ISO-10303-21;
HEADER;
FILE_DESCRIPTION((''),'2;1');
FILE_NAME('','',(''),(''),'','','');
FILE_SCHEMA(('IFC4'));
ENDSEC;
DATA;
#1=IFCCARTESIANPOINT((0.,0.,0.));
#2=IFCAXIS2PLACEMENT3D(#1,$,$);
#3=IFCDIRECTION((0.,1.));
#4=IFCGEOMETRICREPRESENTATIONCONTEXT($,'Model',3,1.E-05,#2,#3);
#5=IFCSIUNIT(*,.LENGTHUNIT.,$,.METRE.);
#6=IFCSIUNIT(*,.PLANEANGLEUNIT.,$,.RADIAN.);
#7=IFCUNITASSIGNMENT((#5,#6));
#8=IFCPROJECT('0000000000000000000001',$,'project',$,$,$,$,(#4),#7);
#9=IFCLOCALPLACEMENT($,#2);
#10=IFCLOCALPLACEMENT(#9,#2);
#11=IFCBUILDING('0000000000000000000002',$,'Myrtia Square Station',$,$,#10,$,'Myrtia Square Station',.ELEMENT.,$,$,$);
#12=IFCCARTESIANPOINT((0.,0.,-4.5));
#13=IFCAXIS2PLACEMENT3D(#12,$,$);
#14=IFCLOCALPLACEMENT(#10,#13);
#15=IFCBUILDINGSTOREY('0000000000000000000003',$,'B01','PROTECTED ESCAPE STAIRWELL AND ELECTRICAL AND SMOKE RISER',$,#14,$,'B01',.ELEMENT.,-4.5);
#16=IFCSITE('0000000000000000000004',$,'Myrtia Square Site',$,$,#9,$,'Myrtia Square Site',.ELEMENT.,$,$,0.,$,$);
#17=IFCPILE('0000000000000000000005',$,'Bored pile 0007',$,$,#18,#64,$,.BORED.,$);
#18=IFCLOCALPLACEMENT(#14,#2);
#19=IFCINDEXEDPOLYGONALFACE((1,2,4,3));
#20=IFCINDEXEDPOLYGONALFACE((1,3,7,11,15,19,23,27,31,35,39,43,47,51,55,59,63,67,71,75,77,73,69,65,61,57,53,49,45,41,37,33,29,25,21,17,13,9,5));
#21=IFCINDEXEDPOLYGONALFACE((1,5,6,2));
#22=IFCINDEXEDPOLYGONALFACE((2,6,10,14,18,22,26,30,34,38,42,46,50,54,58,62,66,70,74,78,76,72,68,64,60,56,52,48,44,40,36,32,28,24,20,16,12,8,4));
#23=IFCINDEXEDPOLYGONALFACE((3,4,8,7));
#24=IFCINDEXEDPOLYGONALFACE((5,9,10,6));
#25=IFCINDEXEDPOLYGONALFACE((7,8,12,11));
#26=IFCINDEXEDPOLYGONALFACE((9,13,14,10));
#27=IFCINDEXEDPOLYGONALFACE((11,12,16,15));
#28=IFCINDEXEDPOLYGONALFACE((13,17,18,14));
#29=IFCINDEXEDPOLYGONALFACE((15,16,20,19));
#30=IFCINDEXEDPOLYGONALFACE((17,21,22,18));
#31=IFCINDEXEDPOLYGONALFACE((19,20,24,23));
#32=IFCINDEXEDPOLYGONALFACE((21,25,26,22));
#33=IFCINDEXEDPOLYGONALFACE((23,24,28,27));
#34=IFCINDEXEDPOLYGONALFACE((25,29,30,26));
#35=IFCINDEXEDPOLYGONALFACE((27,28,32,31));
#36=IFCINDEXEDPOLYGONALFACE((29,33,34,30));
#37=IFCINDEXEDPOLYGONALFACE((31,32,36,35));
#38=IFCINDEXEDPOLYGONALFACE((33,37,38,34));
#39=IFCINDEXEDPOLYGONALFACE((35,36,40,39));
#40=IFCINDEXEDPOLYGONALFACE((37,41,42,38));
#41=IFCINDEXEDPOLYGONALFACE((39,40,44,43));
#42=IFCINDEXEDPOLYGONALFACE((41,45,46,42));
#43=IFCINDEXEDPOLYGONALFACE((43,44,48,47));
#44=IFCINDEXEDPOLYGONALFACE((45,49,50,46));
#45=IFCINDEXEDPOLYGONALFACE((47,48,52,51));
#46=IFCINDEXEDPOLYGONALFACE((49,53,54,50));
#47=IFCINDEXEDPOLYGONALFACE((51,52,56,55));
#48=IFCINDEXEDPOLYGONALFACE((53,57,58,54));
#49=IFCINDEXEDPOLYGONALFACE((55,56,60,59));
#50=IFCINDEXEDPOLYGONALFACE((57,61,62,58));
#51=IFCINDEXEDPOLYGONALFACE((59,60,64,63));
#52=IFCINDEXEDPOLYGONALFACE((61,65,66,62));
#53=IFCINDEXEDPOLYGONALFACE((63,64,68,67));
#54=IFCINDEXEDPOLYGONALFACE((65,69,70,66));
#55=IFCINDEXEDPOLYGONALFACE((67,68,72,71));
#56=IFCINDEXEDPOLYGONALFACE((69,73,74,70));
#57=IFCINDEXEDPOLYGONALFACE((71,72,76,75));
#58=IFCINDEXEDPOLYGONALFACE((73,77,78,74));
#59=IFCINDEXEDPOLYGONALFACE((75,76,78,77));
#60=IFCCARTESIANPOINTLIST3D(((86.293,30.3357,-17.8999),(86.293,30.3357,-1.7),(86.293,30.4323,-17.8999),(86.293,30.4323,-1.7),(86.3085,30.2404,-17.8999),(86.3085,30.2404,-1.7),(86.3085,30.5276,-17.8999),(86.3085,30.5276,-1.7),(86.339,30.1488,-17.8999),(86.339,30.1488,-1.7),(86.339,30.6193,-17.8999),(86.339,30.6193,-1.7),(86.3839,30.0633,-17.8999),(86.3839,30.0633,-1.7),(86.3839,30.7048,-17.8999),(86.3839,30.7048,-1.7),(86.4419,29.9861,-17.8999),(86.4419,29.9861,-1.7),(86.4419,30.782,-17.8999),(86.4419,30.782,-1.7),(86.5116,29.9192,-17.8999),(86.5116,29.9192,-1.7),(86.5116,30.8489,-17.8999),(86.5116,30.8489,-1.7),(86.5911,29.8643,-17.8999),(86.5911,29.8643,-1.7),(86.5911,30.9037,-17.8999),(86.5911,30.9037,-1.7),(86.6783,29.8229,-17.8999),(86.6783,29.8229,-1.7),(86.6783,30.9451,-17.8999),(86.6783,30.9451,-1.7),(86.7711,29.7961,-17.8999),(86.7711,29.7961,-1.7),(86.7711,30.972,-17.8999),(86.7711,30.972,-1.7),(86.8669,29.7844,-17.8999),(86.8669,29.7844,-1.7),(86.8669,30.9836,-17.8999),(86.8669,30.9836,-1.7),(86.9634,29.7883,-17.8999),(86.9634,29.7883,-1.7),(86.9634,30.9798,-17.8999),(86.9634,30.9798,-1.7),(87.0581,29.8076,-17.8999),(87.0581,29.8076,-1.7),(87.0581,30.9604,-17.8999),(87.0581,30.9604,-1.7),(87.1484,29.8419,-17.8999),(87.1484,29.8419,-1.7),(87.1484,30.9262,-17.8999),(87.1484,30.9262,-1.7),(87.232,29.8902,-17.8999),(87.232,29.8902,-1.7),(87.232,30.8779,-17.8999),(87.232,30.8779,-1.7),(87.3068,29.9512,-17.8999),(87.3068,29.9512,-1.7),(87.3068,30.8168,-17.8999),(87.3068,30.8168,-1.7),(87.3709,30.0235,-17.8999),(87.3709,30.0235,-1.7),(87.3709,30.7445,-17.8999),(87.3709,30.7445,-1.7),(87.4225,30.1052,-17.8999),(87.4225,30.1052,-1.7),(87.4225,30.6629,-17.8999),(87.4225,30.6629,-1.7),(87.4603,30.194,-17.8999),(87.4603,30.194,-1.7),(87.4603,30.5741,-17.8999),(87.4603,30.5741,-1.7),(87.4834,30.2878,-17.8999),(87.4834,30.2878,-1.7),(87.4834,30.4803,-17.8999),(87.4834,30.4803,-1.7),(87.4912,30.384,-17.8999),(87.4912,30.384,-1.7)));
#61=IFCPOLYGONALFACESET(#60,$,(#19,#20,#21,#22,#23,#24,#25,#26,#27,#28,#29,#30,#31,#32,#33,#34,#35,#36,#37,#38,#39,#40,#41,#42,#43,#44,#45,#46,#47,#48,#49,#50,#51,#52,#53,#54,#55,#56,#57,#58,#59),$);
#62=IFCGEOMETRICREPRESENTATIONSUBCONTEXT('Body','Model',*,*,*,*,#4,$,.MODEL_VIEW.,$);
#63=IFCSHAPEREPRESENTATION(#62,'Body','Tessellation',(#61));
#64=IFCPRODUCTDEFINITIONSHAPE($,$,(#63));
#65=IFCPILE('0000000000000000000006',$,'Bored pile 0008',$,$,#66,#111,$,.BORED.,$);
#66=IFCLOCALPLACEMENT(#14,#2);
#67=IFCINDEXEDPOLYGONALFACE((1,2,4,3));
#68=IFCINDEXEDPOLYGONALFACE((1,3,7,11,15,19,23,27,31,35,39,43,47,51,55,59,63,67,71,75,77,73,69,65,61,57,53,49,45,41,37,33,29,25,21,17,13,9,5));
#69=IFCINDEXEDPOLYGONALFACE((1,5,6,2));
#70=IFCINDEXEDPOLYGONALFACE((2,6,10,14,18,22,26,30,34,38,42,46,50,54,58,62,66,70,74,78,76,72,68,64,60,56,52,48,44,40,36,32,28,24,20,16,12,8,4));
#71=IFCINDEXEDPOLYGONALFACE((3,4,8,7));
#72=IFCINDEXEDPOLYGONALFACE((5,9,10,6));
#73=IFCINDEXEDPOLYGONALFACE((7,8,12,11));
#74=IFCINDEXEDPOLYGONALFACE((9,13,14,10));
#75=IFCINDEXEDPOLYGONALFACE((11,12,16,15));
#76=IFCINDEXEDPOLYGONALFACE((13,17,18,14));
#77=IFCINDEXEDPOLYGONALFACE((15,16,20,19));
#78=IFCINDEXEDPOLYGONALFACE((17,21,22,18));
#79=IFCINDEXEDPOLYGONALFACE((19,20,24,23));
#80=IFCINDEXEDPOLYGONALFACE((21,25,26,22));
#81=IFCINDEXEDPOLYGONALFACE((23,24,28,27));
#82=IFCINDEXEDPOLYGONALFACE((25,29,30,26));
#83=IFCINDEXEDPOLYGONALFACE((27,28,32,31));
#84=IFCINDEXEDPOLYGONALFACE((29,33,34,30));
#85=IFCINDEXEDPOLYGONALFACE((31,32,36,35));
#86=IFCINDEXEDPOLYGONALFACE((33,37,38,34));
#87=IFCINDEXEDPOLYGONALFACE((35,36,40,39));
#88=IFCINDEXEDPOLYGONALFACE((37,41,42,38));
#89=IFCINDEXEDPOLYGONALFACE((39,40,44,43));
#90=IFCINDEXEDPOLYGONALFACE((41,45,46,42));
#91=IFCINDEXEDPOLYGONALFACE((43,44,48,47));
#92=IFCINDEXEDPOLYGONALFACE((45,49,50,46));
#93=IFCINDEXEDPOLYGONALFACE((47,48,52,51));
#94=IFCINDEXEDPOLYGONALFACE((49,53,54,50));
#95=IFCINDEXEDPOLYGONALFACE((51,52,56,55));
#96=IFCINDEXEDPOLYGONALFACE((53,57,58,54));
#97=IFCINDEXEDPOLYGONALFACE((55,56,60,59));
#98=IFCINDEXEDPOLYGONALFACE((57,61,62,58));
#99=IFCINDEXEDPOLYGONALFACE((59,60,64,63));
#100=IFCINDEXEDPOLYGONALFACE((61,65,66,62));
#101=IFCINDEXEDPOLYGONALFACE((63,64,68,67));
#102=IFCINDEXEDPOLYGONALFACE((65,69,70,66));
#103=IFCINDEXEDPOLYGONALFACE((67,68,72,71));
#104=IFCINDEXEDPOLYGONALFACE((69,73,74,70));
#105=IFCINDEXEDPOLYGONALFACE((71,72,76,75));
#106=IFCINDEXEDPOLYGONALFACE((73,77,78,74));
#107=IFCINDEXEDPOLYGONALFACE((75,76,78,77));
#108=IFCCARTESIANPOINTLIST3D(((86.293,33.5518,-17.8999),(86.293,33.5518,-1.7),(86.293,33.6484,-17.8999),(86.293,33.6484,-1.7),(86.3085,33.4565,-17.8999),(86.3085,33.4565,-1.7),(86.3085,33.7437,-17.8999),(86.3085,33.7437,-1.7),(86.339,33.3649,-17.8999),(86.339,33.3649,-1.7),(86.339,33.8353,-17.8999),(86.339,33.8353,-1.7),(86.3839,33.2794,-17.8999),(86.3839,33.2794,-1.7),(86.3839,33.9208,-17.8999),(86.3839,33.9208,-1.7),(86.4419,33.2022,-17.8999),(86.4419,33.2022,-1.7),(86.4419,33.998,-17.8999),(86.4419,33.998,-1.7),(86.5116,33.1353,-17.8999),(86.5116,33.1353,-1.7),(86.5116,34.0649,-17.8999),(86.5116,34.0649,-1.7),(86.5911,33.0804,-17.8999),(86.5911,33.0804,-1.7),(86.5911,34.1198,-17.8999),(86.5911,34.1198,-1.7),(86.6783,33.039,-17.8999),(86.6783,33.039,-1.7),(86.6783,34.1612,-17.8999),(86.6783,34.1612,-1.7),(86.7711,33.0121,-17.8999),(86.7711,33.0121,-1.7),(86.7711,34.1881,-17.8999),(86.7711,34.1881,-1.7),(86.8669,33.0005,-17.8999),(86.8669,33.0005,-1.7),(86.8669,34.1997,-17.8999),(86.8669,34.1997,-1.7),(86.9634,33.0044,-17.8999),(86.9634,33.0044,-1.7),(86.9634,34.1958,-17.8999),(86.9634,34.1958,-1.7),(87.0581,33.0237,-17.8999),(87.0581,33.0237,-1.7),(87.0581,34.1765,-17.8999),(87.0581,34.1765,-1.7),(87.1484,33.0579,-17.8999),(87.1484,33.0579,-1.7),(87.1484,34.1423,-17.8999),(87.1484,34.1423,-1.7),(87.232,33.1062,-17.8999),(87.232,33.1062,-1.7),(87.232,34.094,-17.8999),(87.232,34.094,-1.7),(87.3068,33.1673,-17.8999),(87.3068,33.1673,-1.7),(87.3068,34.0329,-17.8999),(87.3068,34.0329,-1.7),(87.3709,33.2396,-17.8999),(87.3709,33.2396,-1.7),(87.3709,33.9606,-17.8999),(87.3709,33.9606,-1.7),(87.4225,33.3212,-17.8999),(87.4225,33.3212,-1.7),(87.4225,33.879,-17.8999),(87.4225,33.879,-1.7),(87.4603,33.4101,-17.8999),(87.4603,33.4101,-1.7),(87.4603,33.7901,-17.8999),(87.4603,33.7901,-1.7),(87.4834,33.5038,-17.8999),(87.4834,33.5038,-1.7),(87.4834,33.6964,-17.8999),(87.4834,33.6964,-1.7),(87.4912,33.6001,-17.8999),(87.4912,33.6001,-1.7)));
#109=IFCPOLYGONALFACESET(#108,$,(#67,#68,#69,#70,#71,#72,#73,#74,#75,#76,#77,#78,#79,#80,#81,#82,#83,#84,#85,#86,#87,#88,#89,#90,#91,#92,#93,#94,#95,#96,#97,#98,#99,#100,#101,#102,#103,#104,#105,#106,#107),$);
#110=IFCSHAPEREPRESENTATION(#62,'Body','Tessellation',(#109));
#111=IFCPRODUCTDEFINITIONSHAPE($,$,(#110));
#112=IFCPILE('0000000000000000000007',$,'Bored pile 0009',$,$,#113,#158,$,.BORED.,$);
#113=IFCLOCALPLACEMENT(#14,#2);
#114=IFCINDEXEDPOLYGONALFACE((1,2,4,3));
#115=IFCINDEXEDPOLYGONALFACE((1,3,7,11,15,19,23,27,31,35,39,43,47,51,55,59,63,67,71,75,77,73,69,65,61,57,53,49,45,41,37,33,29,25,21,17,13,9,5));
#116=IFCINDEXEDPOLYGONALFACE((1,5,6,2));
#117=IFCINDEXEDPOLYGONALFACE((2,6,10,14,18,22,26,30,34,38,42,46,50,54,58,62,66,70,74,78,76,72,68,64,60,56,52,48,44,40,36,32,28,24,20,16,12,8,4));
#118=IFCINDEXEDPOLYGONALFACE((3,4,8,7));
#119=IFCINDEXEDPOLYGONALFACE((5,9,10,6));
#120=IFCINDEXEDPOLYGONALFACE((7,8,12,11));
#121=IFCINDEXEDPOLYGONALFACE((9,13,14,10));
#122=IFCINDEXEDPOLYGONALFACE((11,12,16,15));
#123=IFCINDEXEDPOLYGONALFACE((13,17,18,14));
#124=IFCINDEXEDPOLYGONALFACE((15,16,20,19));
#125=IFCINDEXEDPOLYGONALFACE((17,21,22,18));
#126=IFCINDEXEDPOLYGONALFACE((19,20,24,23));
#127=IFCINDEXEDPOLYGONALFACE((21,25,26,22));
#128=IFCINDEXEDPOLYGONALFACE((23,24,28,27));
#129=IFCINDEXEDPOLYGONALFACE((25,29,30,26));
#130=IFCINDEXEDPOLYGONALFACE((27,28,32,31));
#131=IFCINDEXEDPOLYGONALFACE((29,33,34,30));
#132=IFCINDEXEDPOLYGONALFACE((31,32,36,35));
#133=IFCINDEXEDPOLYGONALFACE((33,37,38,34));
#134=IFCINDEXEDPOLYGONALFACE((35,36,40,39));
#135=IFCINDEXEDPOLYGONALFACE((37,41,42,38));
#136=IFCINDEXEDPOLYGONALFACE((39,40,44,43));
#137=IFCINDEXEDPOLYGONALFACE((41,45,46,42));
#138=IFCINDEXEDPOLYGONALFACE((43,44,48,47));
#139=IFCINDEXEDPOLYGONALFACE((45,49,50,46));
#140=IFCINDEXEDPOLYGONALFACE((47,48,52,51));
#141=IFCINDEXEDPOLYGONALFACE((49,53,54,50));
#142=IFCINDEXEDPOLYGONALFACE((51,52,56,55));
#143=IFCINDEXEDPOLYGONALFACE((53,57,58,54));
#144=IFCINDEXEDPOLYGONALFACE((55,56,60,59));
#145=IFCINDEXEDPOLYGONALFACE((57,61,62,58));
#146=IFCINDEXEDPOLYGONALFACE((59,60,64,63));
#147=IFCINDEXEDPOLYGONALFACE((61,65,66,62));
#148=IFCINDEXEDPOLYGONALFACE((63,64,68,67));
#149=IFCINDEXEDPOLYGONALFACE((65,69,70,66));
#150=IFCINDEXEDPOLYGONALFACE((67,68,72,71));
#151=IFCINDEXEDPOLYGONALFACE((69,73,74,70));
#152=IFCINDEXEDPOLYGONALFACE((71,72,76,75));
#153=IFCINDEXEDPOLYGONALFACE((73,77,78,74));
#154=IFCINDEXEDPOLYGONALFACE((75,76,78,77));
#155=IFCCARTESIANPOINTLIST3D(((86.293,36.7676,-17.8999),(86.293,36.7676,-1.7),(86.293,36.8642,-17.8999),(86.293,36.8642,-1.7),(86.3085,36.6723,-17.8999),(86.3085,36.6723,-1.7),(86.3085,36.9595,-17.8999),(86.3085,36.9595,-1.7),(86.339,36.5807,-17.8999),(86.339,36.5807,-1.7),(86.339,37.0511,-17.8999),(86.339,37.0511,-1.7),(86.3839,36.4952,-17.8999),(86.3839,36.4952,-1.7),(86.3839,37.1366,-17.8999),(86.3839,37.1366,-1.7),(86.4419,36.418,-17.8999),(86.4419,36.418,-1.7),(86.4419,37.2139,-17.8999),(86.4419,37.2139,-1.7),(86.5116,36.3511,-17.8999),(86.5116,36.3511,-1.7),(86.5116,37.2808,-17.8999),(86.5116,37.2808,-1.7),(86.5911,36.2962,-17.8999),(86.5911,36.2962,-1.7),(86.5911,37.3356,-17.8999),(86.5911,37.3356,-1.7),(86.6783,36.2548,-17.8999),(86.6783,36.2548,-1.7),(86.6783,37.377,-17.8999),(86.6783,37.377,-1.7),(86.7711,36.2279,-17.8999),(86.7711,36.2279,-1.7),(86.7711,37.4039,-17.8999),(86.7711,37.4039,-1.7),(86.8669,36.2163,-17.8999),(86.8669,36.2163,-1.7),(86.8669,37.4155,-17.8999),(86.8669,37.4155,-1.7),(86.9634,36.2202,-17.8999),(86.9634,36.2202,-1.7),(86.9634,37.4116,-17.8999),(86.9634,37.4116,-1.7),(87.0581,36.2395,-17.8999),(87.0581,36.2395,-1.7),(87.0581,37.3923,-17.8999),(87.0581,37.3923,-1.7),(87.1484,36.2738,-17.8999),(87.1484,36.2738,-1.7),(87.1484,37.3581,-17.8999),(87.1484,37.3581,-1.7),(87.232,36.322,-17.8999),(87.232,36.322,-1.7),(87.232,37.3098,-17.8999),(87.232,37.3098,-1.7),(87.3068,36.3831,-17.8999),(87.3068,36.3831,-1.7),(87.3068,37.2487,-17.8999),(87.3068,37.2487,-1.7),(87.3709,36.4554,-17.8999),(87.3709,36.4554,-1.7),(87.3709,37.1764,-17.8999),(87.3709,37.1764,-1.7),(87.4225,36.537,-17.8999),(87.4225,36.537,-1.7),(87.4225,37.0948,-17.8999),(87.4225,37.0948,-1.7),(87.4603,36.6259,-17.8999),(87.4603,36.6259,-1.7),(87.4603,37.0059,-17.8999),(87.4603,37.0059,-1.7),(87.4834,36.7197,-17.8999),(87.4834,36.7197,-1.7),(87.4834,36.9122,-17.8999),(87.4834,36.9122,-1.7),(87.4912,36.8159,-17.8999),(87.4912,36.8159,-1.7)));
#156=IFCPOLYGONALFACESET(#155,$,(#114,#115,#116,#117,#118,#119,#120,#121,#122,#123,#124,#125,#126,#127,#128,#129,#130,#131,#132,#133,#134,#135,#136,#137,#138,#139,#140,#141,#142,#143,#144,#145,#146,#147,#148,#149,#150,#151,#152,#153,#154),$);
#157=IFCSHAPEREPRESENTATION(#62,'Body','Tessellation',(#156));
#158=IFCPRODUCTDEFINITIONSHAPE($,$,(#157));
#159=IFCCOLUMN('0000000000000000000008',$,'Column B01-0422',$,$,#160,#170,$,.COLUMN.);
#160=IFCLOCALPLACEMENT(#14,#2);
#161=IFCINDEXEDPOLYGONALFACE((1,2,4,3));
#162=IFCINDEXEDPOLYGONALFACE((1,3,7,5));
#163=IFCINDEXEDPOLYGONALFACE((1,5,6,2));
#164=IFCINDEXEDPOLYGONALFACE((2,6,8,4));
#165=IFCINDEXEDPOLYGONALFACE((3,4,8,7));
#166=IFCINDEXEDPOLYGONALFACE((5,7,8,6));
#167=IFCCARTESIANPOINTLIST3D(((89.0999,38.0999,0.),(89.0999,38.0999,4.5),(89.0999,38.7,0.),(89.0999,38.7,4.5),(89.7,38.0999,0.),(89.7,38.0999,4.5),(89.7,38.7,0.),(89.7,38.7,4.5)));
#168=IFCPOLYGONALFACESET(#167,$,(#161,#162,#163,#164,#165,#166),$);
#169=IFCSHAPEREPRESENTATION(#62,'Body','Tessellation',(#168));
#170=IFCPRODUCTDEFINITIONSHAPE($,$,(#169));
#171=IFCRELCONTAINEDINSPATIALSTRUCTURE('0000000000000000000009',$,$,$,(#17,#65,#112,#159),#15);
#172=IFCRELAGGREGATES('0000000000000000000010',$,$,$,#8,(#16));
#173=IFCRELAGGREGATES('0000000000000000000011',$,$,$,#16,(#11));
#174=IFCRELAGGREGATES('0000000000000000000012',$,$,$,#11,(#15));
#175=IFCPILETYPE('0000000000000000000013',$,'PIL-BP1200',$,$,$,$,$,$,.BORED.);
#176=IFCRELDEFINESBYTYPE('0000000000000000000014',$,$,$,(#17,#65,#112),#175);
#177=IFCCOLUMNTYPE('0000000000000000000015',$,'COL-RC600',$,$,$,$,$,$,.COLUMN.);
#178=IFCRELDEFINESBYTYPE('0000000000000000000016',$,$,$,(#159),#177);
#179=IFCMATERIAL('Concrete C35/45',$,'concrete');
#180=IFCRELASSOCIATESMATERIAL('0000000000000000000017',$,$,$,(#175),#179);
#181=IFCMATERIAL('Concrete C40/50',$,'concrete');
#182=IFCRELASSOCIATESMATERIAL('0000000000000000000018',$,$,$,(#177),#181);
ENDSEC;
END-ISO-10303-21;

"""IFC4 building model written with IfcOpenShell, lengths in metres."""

from ifc_helpers import new_model, si_unit, direction, frame, origin, origin_2d, place, context, subcontext, project, spatial, rectangle, circle, extrude, material, material_profile, profile_set, type_object, element, save


model = new_model("IFC4")

# Units and contexts
model_context = context("Model", 3, precision=1e-05, world=origin(), true_north=direction((0.0, 1.0)))
body_context = subcontext(model_context, "Body", "Model", "MODEL_VIEW")
ifc_project = project(units=[si_unit("LENGTHUNIT", "METRE"), si_unit("PLANEANGLEUNIT", "RADIAN")], contexts=[model_context])

# Site, building, storey
site_placement = place(None, origin())
site = spatial("IfcSite", under=ifc_project, at=site_placement, Name="Myrtia Square Site", LongName="Myrtia Square Site", CompositionType="ELEMENT", RefElevation=0.0)
building_placement = place(site_placement, origin())
building = spatial("IfcBuilding", under=site, at=building_placement, Name="Myrtia Square Station", LongName="Myrtia Square Station", CompositionType="ELEMENT")
storey_placement = place(building_placement, frame((0.0, 0.0, -4.5)))
storey = spatial("IfcBuildingStorey", under=building, at=storey_placement, Name="B01", Description="PROTECTED ESCAPE STAIRWELL AND ELECTRICAL AND SMOKE RISER", LongName="B01", CompositionType="ELEMENT", Elevation=-4.5)

# Shared definitions
ifc_material_1 = material(Name="Concrete C35/45", Category="concrete")

# Piles
ifc_material_profile_1 = material_profile(ifc_material_1, circle(Radius=0.6001, at=origin_2d()), Name="BP D1200")
ifc_profile_set_1 = profile_set([ifc_material_profile_1], Name="Concrete C35/45")
pile_type = type_object("IfcPileType", Name="PIL-BP1200", PredefinedType="BORED", material=ifc_profile_set_1)
for number, where, z_axis, x_axis, name in (
    (1, (86.8911, 30.384, -1.7), (0.0, 0.0, -1.0), (1.0, 0.0, 0.0), "Bored pile 0007"),
    (2, (86.8911, 33.6001, -1.7), (0.0, 0.0, -1.0), (1.0, 0.0, 0.0), "Bored pile 0008"),
    (3, (86.8911, 36.8159, -1.7), (0.0, 0.0, -1.0), (1.0, 0.0, 0.0), "Bored pile 0009"),
):
    element("IfcPile", number, at=place(storey_placement, frame(where, z_axis=z_axis, x_axis=x_axis)), inside=storey, type_object=pile_type, Name=name, PredefinedType="BORED", context=body_context, shape_type="SweptSolid", body=[
        extrude(circle(Radius=0.6001, at=origin_2d()), origin(), (0.0, 0.0, 1.0), 16.2),
    ])

# Column
ifc_material_2 = material(Name="Concrete C40/50", Category="concrete")
ifc_material_profile_2 = material_profile(ifc_material_2, rectangle(XDim=0.6001, YDim=0.6001, at=origin_2d()), Name="RC 600x600")
ifc_profile_set_2 = profile_set([ifc_material_profile_2], Name="Concrete C40/50")
column_type = type_object("IfcColumnType", Name="COL-RC600", PredefinedType="COLUMN", material=ifc_profile_set_2)
column_placement = place(storey_placement, frame((89.3999, 38.3999, 0.0), z_axis=(0.0, 0.0, 1.0), x_axis=(1.0, 0.0, 0.0)))
element("IfcColumn", 4, at=column_placement, inside=storey, type_object=column_type, Name="Column B01-0422", PredefinedType="COLUMN", context=body_context, shape_type="SweptSolid", body=[
    extrude(rectangle(XDim=0.6001, YDim=0.6001, at=origin_2d()), origin(), (0.0, 0.0, 1.0), 4.5),
])

save(model, "model.ifc")
